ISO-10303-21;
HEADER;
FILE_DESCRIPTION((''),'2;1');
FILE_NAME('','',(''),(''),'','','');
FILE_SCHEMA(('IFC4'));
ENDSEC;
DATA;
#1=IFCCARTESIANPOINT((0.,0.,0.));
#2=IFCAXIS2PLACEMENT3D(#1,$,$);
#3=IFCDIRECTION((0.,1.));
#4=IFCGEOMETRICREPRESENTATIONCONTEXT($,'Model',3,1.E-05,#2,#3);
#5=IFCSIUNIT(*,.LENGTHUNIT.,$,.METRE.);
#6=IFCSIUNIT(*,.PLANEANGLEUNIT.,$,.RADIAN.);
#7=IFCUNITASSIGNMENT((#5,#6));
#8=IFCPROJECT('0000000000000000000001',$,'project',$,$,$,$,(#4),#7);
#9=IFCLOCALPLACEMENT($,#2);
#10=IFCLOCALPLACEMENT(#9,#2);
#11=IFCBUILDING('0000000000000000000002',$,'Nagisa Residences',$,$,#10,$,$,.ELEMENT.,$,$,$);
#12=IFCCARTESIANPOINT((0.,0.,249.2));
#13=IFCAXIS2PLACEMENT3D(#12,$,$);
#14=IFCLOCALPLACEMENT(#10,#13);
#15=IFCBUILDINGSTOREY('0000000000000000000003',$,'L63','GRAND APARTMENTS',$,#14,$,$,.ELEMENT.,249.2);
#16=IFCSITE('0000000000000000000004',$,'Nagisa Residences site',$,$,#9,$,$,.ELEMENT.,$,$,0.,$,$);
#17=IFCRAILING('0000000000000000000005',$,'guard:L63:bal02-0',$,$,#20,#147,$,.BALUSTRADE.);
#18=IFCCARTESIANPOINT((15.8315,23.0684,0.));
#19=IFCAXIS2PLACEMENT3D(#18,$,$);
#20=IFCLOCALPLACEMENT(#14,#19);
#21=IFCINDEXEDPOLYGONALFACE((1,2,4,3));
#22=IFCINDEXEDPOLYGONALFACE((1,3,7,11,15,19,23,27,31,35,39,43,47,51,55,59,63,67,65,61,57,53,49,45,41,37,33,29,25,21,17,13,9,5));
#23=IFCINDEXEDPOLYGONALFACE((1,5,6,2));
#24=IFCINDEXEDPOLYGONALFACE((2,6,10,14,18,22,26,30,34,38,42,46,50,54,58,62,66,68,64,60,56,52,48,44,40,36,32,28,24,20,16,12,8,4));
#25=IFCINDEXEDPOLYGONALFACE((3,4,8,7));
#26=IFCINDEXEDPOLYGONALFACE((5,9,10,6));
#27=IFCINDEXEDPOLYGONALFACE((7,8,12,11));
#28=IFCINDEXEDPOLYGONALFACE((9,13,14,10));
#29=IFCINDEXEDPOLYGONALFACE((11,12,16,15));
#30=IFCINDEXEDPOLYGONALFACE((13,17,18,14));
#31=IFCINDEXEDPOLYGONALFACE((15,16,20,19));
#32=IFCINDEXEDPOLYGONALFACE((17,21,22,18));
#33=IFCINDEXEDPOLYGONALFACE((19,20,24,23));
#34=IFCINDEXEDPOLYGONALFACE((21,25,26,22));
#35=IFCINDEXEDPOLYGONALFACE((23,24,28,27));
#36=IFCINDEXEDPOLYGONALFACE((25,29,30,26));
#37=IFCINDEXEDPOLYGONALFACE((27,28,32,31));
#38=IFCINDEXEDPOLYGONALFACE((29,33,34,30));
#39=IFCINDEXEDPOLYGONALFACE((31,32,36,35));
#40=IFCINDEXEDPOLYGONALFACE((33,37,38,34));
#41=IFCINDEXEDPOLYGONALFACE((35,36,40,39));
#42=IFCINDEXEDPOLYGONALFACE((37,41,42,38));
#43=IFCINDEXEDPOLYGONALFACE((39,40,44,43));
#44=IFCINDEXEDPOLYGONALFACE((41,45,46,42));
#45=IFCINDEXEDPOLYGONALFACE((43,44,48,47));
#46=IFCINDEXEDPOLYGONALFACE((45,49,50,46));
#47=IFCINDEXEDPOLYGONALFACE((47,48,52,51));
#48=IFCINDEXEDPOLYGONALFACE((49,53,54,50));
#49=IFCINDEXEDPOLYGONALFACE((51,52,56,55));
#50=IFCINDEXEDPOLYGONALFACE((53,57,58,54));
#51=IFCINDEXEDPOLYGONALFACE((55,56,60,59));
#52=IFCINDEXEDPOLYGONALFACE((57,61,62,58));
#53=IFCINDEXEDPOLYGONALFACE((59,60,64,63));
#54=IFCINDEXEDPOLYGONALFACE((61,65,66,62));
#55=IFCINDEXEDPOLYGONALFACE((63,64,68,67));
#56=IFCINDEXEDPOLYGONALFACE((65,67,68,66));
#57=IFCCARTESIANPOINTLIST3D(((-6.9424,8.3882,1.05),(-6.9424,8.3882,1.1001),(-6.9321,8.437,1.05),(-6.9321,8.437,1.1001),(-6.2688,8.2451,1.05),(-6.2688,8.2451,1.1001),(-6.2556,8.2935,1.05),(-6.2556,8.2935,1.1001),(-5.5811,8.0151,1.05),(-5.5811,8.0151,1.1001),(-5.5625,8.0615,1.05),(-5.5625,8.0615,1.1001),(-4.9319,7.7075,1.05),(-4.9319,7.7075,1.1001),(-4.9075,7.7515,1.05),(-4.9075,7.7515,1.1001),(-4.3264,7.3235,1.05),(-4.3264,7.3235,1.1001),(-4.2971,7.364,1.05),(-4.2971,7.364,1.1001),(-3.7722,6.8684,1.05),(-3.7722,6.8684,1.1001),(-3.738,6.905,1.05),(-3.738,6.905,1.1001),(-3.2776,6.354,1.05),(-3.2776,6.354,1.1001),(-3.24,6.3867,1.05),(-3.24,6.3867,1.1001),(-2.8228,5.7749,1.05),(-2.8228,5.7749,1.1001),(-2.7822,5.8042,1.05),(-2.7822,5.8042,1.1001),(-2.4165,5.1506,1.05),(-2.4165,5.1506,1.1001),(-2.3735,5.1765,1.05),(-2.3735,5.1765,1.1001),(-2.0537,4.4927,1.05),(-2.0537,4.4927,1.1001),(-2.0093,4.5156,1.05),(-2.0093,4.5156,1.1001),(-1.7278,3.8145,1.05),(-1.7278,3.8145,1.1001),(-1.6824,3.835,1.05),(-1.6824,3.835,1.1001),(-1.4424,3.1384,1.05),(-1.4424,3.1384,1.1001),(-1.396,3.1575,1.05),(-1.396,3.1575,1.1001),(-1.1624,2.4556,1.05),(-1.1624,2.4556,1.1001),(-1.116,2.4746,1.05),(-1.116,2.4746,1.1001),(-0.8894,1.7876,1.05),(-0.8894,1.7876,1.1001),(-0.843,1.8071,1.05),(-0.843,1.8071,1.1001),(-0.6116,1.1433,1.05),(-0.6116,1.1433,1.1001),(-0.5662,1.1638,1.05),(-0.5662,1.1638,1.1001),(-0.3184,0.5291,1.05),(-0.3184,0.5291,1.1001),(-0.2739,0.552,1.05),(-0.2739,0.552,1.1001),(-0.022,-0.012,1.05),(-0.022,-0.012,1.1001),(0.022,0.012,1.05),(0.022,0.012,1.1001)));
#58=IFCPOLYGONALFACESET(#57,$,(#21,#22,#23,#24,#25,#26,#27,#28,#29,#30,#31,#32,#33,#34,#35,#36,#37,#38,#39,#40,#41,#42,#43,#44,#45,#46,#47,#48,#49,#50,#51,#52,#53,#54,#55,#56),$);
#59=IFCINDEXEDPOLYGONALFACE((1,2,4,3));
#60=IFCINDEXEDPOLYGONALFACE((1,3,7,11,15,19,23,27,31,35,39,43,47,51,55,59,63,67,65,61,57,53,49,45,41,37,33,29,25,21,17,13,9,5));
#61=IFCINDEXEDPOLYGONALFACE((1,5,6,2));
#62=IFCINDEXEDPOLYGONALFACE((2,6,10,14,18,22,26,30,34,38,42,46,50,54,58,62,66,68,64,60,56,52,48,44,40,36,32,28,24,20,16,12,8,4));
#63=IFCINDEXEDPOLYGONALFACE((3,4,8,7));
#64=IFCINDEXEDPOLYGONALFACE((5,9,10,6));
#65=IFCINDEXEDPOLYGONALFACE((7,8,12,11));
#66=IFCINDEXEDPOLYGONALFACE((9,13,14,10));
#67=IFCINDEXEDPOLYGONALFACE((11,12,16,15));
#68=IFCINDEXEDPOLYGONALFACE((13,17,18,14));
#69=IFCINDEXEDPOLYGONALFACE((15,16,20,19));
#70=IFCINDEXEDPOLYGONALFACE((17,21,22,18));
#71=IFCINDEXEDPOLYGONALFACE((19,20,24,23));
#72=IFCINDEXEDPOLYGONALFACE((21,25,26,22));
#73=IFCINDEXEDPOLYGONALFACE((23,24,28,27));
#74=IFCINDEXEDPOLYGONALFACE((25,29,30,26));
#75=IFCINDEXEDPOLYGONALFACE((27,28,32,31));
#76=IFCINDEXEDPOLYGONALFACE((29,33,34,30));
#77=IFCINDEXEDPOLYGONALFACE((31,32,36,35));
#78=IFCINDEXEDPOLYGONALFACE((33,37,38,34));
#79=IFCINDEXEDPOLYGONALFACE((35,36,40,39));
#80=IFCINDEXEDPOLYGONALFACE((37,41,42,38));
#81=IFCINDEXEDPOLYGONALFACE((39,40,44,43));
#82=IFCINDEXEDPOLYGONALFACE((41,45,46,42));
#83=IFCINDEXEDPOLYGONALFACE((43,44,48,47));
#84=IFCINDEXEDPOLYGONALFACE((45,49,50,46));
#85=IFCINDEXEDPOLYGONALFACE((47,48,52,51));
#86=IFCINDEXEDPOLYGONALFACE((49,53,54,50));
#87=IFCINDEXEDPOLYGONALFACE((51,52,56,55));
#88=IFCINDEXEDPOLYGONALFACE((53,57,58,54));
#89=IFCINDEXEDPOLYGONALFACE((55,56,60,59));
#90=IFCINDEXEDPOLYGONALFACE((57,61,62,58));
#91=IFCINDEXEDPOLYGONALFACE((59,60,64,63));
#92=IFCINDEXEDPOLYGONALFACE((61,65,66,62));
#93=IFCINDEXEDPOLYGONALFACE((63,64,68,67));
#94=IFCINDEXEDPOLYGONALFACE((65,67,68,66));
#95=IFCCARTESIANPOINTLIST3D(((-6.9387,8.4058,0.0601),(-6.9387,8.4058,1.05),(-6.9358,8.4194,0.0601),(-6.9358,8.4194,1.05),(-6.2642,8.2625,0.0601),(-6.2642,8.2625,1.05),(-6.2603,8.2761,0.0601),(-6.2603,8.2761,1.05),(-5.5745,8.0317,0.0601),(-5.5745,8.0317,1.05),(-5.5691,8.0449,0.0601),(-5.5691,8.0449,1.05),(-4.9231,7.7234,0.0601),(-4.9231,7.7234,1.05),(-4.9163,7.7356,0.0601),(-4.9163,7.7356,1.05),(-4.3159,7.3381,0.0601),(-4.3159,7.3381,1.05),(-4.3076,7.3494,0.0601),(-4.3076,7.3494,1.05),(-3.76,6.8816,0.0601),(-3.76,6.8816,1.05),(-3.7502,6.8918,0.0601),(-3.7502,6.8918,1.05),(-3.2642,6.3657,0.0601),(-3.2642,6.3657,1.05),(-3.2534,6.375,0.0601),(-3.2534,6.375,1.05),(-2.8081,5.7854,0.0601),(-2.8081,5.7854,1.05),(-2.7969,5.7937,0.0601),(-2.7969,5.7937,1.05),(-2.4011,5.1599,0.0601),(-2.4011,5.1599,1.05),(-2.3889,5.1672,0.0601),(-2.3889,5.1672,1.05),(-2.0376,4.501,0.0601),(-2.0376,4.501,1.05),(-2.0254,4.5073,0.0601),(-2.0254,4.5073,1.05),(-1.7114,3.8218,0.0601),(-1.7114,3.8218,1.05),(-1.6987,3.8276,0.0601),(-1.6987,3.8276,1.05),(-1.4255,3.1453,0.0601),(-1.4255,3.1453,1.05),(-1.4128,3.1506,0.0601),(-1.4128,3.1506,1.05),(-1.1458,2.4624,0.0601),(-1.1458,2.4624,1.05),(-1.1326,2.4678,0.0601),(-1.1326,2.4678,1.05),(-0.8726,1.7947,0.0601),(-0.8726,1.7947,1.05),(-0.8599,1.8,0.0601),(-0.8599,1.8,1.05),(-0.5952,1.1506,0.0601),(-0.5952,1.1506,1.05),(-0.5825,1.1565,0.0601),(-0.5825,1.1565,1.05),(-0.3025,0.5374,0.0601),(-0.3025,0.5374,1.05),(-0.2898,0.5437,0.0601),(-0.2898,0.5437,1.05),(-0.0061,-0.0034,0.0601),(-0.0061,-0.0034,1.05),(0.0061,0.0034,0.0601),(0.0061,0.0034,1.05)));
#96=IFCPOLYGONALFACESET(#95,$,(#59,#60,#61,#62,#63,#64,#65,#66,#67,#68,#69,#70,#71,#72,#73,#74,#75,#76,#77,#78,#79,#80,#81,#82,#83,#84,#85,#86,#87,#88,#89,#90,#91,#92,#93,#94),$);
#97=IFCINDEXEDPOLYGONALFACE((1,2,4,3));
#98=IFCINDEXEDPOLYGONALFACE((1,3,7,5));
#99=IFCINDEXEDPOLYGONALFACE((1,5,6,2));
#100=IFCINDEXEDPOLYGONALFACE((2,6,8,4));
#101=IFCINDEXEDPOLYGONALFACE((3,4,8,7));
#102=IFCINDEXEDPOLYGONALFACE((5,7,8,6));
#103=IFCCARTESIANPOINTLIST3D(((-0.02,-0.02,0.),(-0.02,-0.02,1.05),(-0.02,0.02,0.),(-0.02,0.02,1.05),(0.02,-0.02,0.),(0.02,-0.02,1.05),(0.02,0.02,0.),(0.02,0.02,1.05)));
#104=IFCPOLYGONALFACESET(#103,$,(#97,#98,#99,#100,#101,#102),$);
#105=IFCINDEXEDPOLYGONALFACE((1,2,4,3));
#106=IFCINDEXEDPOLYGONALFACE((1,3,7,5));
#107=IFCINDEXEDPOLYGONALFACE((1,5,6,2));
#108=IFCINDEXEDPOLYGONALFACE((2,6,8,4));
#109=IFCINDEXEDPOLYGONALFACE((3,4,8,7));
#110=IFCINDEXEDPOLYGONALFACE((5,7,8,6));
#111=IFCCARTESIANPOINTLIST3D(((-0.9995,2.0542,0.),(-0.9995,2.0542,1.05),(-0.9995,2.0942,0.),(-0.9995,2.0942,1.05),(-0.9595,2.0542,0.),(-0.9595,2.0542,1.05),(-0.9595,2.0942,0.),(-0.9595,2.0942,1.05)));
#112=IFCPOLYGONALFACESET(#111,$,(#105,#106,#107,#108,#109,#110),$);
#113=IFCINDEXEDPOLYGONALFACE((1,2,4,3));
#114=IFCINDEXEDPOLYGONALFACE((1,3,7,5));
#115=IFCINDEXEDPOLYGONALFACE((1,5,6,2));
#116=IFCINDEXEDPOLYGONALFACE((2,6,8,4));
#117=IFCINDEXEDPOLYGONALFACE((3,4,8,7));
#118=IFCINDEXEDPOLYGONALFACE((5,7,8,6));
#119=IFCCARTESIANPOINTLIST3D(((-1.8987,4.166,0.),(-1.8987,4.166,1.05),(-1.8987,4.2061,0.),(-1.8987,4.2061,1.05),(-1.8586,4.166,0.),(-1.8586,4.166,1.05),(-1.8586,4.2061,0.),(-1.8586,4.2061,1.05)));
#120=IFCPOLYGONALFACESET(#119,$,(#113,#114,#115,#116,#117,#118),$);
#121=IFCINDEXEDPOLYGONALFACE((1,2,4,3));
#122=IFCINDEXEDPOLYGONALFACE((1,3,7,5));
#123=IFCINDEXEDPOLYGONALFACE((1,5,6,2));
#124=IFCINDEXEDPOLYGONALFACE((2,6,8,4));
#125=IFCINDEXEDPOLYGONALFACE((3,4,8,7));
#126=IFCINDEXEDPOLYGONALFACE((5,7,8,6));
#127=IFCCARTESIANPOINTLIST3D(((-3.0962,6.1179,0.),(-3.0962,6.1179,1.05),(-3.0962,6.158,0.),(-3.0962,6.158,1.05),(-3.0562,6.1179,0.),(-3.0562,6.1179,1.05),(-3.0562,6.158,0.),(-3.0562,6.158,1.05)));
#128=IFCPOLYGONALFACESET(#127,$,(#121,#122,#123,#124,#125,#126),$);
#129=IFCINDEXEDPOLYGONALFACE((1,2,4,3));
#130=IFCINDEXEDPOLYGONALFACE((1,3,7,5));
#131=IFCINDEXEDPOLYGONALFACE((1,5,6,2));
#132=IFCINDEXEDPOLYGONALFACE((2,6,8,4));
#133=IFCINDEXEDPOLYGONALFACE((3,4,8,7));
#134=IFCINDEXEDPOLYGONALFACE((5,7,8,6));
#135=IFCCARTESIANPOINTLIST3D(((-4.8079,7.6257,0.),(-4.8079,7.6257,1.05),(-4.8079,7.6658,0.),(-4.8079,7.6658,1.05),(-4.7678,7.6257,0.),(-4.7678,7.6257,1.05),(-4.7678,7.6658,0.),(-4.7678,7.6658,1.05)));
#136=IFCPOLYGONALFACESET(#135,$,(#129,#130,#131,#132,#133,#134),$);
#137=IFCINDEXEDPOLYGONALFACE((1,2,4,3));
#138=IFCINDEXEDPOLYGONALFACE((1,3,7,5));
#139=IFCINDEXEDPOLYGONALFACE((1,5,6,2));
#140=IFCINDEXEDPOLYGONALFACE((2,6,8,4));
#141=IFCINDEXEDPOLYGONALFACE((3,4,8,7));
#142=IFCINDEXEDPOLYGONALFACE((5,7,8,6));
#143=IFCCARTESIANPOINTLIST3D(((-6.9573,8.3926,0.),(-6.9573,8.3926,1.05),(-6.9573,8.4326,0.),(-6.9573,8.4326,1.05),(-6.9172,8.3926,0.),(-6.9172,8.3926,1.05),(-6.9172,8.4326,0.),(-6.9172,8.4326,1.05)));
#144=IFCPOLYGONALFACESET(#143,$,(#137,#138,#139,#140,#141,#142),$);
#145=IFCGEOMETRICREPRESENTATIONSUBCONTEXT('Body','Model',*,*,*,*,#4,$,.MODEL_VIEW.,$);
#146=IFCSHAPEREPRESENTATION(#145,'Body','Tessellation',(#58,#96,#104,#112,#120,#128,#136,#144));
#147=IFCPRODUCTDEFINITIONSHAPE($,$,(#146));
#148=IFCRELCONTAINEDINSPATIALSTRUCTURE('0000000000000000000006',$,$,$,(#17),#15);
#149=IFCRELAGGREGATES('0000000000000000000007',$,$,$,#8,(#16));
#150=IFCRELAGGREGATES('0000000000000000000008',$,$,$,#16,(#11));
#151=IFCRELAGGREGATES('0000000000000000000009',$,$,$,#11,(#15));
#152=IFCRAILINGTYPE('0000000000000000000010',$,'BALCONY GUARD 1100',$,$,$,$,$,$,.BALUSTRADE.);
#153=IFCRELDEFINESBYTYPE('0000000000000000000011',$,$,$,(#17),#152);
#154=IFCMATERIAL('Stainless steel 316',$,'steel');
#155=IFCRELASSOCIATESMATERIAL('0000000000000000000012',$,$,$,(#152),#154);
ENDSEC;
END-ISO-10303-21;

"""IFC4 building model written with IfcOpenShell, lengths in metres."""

from ifc_helpers import new_model, si_unit, direction, frame, origin, origin_2d, place, context, subcontext, project, spatial, polyline, rectangle, outline, extrude, material, type_object, element, save


model = new_model("IFC4")

# Units and contexts
model_context = context("Model", 3, precision=1e-05, world=origin(), true_north=direction((0.0, 1.0)))
body_context = subcontext(model_context, "Body", "Model", "MODEL_VIEW")
ifc_project = project(units=[si_unit("LENGTHUNIT", "METRE"), si_unit("PLANEANGLEUNIT", "RADIAN")], contexts=[model_context])

# Site, building, storey
site_placement = place(None, origin())
site = spatial("IfcSite", under=ifc_project, at=site_placement, Name="Nagisa Residences site", CompositionType="ELEMENT", RefElevation=0.0)
building_placement = place(site_placement, origin())
building = spatial("IfcBuilding", under=site, at=building_placement, Name="Nagisa Residences", CompositionType="ELEMENT")
storey_placement = place(building_placement, frame((0.0, 0.0, 249.2)))
storey = spatial("IfcBuildingStorey", under=building, at=storey_placement, Name="L63", Description="GRAND APARTMENTS", CompositionType="ELEMENT", Elevation=249.2)

# Railing
ifc_material_1 = material(Name="Stainless steel 316", Category="steel")
railing_type = type_object("IfcRailingType", Name="BALCONY GUARD 1100", PredefinedType="BALUSTRADE", material=ifc_material_1)
railing_1_placement = place(storey_placement, frame((15.8315, 23.0684, 0.0)))
element("IfcRailing", 1, at=railing_1_placement, inside=storey, type_object=railing_type, Name="guard:L63:bal02-0", PredefinedType="BALUSTRADE", context=body_context, shape_type="SweptSolid", body=[
    extrude(outline(polyline([(-0.3184, 0.5291), (-0.022, -0.012), (0.022, 0.012), (-0.2739, 0.552), (-0.5662, 1.1638), (-0.843, 1.8071), (-1.116, 2.4746), (-1.396, 3.1575), (-1.6824, 3.835), (-2.0093, 4.5156), (-2.3735, 5.1765), (-2.7822, 5.8042), (-3.24, 6.3867), (-3.738, 6.905), (-4.2971, 7.364), (-4.9075, 7.7515), (-5.5625, 8.0615), (-6.2556, 8.2935), (-6.9321, 8.437), (-6.9424, 8.3882), (-6.2688, 8.2451), (-5.5811, 8.0151), (-4.9319, 7.7075), (-4.3264, 7.3235), (-3.7722, 6.8684), (-3.2776, 6.354), (-2.8228, 5.7749), (-2.4165, 5.1506), (-2.0537, 4.4927), (-1.7278, 3.8145), (-1.4424, 3.1384), (-1.1624, 2.4556), (-0.8894, 1.7876), (-0.6116, 1.1433), (-0.3184, 0.5291)])), frame((0.0, 0.0, 1.05)), (0.0, 0.0, 1.0), 0.05),
    extrude(outline(polyline([(-0.3025, 0.5374), (-0.0061, -0.0034), (0.0061, 0.0034), (-0.2898, 0.5437), (-0.5825, 1.1565), (-0.8599, 1.8), (-1.1326, 2.4678), (-1.4128, 3.1506), (-1.6987, 3.8276), (-2.0254, 4.5073), (-2.3889, 5.1672), (-2.7969, 5.7937), (-3.2534, 6.375), (-3.7502, 6.8918), (-4.3076, 7.3494), (-4.9163, 7.7356), (-5.5691, 8.0449), (-6.2603, 8.2761), (-6.9358, 8.4194), (-6.9387, 8.4058), (-6.2642, 8.2625), (-5.5745, 8.0317), (-4.9231, 7.7234), (-4.3159, 7.3381), (-3.76, 6.8816), (-3.2642, 6.3657), (-2.8081, 5.7854), (-2.4011, 5.1599), (-2.0376, 4.501), (-1.7114, 3.8218), (-1.4255, 3.1453), (-1.1458, 2.4624), (-0.8726, 1.7947), (-0.5952, 1.1506), (-0.3025, 0.5374)])), frame((0.0, 0.0, 0.0601)), (0.0, 0.0, 1.0), 0.99),
    extrude(rectangle(XDim=0.04, YDim=0.04, at=origin_2d()), origin(), (0.0, 0.0, 1.0), 1.05),
    extrude(rectangle(XDim=0.04, YDim=0.04, at=origin_2d()), frame((-0.9795, 2.0742, 0.0)), (0.0, 0.0, 1.0), 1.05),
    extrude(rectangle(XDim=0.04, YDim=0.04, at=origin_2d()), frame((-1.8787, 4.186, 0.0)), (0.0, 0.0, 1.0), 1.05),
    extrude(rectangle(XDim=0.04, YDim=0.04, at=origin_2d()), frame((-3.0762, 6.1379, 0.0)), (0.0, 0.0, 1.0), 1.05),
    extrude(rectangle(XDim=0.04, YDim=0.04, at=origin_2d()), frame((-4.7878, 7.6458, 0.0)), (0.0, 0.0, 1.0), 1.05),
    extrude(rectangle(XDim=0.04, YDim=0.04, at=origin_2d()), frame((-6.9373, 8.4126, 0.0)), (0.0, 0.0, 1.0), 1.05),
])

save(model, "model.ifc")
